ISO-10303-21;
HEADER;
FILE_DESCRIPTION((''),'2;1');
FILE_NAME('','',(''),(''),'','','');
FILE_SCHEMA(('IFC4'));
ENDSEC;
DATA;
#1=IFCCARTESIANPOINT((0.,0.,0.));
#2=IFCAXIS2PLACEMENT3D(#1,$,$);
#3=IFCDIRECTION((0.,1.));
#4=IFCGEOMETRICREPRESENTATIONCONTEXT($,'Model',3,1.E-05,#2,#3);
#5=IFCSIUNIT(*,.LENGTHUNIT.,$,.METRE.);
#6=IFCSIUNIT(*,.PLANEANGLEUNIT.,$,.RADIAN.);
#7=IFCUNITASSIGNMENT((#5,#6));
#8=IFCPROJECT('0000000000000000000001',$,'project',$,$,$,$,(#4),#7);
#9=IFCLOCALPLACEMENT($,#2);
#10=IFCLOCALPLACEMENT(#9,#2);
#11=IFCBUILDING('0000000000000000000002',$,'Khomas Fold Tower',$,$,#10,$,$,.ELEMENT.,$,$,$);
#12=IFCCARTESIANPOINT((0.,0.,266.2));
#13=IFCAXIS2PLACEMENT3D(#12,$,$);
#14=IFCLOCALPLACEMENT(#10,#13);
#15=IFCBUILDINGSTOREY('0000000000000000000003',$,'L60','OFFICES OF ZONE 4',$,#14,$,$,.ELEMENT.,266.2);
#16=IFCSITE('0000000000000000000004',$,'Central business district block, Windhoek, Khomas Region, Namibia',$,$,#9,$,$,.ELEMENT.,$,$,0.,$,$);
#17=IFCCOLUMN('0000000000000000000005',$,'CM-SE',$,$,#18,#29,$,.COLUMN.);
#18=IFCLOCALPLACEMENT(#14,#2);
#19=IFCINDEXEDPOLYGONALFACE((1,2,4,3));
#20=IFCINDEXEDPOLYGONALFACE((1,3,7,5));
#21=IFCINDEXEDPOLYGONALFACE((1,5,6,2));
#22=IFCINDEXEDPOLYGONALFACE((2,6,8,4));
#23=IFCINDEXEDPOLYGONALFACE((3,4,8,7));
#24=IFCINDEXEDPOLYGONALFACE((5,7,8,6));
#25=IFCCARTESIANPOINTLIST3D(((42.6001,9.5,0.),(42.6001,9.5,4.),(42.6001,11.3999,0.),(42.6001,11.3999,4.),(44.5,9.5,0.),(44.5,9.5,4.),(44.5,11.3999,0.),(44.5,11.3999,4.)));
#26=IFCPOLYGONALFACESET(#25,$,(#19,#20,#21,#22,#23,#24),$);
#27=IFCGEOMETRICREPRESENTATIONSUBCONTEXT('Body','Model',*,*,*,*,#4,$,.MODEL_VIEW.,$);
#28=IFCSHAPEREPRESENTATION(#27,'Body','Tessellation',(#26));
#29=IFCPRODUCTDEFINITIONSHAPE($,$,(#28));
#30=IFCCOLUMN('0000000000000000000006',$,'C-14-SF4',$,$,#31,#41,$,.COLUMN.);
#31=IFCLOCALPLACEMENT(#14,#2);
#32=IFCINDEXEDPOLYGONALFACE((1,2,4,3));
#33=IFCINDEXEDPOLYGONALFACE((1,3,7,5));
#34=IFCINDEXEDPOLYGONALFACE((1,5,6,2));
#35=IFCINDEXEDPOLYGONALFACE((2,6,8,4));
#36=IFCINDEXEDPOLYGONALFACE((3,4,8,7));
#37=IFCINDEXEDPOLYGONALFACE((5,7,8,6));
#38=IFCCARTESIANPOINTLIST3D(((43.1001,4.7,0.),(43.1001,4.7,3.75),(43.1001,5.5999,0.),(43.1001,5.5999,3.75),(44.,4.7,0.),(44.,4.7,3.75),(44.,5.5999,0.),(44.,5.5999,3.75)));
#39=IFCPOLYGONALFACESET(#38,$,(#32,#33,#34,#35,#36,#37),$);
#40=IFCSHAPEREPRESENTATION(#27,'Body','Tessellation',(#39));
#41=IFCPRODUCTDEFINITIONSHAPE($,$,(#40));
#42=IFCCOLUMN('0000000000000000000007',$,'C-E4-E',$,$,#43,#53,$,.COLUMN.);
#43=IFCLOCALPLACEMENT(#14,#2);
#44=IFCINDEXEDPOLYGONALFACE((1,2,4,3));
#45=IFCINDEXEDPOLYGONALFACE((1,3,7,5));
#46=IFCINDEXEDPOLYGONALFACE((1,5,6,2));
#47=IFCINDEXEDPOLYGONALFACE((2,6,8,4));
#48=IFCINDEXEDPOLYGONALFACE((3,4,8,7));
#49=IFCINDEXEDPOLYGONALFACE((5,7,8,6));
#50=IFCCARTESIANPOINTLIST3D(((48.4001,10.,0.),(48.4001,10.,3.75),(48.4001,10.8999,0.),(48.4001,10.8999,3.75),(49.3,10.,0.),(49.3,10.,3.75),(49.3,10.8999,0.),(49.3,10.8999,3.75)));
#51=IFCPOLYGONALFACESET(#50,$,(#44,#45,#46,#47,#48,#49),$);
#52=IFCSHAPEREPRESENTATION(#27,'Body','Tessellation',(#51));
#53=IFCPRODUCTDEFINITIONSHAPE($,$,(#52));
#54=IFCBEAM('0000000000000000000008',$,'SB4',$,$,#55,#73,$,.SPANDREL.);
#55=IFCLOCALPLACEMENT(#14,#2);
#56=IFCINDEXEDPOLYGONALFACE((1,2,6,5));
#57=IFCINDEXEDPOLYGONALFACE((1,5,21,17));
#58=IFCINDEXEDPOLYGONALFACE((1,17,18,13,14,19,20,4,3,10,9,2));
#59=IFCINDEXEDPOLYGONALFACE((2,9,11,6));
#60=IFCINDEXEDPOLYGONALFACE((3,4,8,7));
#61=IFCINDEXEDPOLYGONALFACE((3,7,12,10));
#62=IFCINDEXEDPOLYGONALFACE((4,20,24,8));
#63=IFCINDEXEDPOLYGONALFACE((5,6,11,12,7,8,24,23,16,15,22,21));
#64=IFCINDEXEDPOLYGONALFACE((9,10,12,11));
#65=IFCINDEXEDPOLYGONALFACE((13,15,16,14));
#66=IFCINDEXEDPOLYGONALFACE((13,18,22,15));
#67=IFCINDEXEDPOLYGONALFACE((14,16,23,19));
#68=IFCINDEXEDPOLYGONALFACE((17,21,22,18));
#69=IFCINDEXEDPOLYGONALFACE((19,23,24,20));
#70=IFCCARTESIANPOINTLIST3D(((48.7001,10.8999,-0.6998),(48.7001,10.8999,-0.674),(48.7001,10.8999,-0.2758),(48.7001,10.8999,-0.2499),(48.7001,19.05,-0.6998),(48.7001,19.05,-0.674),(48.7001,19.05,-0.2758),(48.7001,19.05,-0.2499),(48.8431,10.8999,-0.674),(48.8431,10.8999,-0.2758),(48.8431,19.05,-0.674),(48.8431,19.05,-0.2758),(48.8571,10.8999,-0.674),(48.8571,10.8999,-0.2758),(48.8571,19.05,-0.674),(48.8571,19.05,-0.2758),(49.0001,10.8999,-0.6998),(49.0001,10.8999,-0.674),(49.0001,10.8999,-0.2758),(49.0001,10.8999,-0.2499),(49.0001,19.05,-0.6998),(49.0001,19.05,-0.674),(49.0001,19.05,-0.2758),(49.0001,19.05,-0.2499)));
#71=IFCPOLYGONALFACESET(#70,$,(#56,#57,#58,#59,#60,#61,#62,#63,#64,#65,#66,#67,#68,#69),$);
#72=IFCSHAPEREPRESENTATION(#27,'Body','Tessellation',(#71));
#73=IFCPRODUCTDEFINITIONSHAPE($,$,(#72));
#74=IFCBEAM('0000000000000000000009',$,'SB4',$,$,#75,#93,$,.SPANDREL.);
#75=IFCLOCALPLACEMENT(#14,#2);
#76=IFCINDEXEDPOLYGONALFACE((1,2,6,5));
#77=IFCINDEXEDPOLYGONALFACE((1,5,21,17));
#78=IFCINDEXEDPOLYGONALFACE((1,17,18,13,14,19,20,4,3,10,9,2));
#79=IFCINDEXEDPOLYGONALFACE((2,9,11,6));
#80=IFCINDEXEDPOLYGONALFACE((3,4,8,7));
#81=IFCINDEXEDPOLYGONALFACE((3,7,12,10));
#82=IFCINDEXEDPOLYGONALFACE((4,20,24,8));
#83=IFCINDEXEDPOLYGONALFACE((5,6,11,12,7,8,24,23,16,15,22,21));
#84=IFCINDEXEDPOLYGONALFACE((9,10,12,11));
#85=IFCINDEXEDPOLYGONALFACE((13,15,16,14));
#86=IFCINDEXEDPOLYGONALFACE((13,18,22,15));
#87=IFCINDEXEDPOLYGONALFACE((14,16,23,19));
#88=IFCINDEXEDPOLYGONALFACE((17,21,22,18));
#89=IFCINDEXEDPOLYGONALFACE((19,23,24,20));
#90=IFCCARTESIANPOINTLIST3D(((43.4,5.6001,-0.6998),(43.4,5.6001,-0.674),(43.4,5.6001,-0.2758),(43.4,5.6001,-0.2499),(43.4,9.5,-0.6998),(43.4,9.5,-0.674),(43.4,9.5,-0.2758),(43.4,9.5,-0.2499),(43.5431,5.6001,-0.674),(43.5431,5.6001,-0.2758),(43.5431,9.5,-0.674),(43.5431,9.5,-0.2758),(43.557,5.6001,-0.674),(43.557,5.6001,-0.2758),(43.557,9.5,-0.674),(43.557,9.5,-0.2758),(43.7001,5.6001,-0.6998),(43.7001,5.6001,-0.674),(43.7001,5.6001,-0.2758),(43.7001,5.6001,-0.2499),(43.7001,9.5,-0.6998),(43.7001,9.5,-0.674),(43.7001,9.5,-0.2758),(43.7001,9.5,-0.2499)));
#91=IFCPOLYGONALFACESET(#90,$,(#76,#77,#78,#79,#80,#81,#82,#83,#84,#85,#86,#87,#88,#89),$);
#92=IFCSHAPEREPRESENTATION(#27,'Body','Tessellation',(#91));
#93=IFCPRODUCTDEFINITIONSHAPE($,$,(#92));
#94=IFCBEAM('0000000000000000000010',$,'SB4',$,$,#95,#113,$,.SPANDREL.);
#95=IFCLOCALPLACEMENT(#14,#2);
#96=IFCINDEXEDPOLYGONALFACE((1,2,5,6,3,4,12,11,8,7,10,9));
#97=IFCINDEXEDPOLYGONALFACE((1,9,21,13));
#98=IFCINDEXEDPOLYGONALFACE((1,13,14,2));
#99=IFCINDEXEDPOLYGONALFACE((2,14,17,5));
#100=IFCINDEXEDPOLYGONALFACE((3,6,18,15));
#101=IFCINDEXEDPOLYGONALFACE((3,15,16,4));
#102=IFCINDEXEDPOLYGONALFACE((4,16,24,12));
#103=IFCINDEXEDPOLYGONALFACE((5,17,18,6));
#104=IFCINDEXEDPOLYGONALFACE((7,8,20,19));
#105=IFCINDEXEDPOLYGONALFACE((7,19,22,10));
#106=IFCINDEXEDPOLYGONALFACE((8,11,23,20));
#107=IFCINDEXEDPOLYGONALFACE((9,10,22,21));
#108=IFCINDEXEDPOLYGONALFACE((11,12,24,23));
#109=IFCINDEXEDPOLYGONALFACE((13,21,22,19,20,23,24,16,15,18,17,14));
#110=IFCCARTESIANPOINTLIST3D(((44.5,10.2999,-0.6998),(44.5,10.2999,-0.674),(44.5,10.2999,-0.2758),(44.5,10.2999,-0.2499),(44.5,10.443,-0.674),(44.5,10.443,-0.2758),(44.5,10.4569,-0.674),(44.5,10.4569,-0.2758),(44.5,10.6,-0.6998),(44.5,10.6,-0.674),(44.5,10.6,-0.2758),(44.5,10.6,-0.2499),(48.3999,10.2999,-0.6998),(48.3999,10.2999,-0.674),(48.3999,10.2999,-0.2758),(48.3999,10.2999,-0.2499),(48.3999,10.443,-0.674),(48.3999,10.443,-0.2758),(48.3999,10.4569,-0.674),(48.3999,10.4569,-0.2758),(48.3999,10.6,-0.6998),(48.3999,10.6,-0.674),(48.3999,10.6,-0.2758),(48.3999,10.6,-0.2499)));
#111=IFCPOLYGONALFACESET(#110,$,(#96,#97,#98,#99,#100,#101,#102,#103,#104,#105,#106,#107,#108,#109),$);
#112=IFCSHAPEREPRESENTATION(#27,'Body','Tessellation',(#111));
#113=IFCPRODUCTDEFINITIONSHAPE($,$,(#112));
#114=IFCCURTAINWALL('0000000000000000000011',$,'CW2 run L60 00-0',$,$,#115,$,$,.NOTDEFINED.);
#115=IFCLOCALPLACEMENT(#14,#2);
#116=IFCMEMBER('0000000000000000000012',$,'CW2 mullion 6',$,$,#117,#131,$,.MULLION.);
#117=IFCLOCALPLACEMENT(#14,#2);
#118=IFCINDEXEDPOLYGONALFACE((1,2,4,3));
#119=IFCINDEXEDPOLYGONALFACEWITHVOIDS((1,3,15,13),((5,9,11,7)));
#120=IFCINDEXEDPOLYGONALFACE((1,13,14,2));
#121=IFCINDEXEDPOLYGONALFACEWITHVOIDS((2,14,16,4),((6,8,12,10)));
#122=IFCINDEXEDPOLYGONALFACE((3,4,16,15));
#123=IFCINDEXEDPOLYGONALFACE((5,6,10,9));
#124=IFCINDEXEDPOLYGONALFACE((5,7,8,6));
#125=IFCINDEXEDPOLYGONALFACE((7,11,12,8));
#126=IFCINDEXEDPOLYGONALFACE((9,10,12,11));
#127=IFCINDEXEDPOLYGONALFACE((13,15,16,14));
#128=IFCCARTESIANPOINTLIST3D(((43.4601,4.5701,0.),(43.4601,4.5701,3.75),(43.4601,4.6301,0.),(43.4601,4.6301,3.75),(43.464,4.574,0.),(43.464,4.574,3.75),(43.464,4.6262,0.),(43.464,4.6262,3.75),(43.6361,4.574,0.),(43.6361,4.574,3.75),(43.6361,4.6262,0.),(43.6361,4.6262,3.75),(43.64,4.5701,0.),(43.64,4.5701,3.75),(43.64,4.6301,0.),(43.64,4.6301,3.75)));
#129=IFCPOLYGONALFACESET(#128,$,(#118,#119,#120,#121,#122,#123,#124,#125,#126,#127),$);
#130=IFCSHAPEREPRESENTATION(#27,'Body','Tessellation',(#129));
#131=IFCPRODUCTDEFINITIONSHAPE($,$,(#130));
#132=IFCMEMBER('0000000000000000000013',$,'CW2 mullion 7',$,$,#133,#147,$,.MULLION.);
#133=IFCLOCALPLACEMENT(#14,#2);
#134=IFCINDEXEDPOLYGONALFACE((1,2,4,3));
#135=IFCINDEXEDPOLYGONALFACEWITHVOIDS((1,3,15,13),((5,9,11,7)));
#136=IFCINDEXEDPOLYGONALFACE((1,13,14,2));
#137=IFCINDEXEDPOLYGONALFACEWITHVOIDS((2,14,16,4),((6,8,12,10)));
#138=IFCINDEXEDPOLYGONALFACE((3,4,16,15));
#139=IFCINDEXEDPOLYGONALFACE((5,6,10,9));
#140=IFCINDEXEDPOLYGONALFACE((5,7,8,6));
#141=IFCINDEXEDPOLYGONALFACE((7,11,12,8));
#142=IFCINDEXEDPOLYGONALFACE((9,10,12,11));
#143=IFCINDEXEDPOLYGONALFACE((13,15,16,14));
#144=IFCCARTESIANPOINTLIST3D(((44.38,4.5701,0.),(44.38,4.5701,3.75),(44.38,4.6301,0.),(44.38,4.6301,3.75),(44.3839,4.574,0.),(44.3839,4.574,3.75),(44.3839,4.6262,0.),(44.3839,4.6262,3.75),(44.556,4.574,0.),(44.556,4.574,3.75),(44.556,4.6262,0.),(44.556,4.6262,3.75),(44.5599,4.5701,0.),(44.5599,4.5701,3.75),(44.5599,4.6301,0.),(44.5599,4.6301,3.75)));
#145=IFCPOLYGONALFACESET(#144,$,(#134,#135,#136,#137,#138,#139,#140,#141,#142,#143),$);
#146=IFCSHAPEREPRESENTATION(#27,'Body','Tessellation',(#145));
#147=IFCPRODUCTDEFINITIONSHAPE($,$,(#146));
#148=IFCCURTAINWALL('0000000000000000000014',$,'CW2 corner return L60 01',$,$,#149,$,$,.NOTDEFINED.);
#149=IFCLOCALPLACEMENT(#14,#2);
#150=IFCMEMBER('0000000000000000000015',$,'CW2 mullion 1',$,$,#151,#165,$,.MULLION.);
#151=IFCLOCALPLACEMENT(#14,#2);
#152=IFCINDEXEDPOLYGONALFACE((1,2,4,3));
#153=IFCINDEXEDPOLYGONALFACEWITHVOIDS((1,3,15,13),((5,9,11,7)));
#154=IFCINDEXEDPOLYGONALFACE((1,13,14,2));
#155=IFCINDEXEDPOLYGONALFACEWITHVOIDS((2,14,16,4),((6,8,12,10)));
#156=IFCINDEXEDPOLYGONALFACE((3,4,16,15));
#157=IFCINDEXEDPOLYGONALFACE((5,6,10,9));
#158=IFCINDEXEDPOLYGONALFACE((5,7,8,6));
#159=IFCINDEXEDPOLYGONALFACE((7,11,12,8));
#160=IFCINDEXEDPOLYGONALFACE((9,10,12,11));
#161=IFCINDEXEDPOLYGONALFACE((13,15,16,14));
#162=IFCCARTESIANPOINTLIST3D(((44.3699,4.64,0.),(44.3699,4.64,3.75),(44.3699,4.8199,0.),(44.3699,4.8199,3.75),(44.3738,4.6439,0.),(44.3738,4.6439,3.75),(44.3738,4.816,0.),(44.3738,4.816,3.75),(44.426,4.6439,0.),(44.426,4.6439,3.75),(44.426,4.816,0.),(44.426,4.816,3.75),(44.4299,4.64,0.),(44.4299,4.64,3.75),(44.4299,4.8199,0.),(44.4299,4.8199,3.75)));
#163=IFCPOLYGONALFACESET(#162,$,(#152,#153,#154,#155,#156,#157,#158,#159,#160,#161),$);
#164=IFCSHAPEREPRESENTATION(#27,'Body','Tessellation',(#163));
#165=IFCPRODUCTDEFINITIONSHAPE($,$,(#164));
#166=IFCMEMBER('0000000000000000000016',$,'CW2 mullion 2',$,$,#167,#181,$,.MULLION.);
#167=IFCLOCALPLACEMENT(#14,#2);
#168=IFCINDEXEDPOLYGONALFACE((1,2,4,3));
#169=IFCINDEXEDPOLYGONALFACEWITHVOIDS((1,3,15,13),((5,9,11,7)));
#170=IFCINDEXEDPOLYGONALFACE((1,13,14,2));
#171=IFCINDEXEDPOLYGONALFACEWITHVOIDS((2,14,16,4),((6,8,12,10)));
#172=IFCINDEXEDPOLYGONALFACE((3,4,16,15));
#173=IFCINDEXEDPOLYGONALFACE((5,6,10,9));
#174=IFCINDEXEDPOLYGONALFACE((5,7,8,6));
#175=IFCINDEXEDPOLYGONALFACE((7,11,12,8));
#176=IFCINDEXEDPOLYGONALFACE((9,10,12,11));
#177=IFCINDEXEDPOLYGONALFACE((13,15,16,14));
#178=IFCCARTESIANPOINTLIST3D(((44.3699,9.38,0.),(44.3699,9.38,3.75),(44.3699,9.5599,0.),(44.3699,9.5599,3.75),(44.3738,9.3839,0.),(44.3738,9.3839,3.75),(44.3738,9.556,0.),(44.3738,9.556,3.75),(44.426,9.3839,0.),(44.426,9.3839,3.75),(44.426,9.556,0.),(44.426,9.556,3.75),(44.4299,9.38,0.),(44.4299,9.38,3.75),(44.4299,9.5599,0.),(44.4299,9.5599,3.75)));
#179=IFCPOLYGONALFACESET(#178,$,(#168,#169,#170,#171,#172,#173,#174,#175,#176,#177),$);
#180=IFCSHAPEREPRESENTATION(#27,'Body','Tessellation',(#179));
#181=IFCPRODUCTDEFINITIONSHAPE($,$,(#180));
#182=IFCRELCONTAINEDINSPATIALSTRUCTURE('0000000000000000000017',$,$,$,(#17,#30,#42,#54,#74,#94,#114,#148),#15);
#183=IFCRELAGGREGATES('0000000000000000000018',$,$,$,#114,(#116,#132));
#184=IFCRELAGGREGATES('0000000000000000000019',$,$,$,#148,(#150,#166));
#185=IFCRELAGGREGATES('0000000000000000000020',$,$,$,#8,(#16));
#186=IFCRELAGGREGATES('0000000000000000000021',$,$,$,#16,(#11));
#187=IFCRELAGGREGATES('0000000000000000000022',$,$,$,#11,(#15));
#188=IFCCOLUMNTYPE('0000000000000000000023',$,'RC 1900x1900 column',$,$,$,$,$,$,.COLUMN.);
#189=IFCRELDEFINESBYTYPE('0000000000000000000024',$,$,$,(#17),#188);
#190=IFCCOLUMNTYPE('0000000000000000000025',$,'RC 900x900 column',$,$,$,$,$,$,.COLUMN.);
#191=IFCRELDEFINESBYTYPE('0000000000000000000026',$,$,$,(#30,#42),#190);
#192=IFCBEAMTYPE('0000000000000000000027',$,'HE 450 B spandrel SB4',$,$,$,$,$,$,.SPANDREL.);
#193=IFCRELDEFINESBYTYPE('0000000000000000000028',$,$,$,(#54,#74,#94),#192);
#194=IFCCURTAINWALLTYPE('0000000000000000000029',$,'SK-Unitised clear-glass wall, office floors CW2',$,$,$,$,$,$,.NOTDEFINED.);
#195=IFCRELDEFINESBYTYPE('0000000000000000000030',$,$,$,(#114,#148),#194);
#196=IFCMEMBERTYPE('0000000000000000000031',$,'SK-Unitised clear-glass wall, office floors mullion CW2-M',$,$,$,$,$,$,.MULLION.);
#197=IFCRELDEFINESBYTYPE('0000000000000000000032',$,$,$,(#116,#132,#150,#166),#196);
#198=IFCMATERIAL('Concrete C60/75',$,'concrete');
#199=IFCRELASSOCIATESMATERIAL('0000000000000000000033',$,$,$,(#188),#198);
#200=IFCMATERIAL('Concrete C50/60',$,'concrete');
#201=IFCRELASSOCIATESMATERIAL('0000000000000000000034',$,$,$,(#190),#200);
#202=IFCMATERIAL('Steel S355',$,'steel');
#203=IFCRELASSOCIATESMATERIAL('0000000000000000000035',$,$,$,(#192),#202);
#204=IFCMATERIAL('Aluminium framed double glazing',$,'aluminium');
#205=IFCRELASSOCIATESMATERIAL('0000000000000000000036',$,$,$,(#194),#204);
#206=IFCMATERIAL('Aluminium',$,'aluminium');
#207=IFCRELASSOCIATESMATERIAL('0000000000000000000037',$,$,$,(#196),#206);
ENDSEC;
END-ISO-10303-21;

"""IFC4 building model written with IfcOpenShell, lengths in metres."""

from ifc_helpers import new_model, si_unit, direction, frame, origin, origin_2d, place, context, subcontext, project, spatial, rectangle, hollow_rectangle, i_section, extrude, source, transform, mapped, material, material_profile, profile_set, type_object, element, aggregate, save


model = new_model("IFC4")

# Units and contexts
model_context = context("Model", 3, precision=1e-05, world=origin(), true_north=direction((0.0, 1.0)))
body_context = subcontext(model_context, "Body", "Model", "MODEL_VIEW")
ifc_project = project(units=[si_unit("LENGTHUNIT", "METRE"), si_unit("PLANEANGLEUNIT", "RADIAN")], contexts=[model_context])

# Site, building, storey
site_placement = place(None, origin())
site = spatial("IfcSite", under=ifc_project, at=site_placement, Name="Central business district block, Windhoek, Khomas Region, Namibia", CompositionType="ELEMENT", RefElevation=0.0)
building_placement = place(site_placement, origin())
building = spatial("IfcBuilding", under=site, at=building_placement, Name="Khomas Fold Tower", CompositionType="ELEMENT")
storey_placement = place(building_placement, frame((0.0, 0.0, 266.2)))
storey = spatial("IfcBuildingStorey", under=building, at=storey_placement, Name="L60", Description="OFFICES OF ZONE 4", CompositionType="ELEMENT", Elevation=266.2)

# Columns
ifc_material_1 = material(Name="Concrete C60/75", Category="concrete")
ifc_material_profile_1 = material_profile(ifc_material_1, rectangle(XDim=1.8999, YDim=1.8999, at=origin_2d()), Name="RC 1900x1900")
ifc_profile_set_1 = profile_set([ifc_material_profile_1], Name="Concrete C60/75")
column_type_1 = type_object("IfcColumnType", Name="RC 1900x1900 column", PredefinedType="COLUMN", material=ifc_profile_set_1)
shared_shape_1 = source(origin(), body_context, "Body", "SweptSolid", [
    extrude(rectangle(XDim=1.8999, YDim=1.8999, at=origin_2d()), origin(), (0.0, 0.0, 1.0), 4.0),
])
column_placement = place(storey_placement, frame((43.55, 10.45, 0.0), z_axis=(0.0, 0.0, 1.0), x_axis=(1.0, 0.0, 0.0)))
element("IfcColumn", 1, at=column_placement, inside=storey, type_object=column_type_1, Name="CM-SE", PredefinedType="COLUMN", context=body_context, shape_type="MappedRepresentation", body=[
    mapped(shared_shape_1, transform((0.0, 0.0, 0.0))),
])
ifc_material_2 = material(Name="Concrete C50/60", Category="concrete")
ifc_material_profile_2 = material_profile(ifc_material_2, rectangle(XDim=0.8999, YDim=0.8999, at=origin_2d()), Name="RC 900x900")
ifc_profile_set_2 = profile_set([ifc_material_profile_2], Name="Concrete C50/60")
column_type_2 = type_object("IfcColumnType", Name="RC 900x900 column", PredefinedType="COLUMN", material=ifc_profile_set_2)
shared_shape_2 = source(origin(), body_context, "Body", "SweptSolid", [
    extrude(rectangle(XDim=0.8999, YDim=0.8999, at=origin_2d()), origin(), (0.0, 0.0, 1.0), 3.75),
])
for number, where, z_axis, x_axis, name in (
    (2, (43.55, 5.1499, 0.0), (0.0, 0.0, 1.0), (1.0, 0.0, 0.0), "C-14-SF4"),
    (3, (48.8501, 10.45, 0.0), (0.0, 0.0, 1.0), (1.0, 0.0, 0.0), "C-E4-E"),
):
    element("IfcColumn", number, at=place(storey_placement, frame(where, z_axis=z_axis, x_axis=x_axis)), inside=storey, type_object=column_type_2, Name=name, PredefinedType="COLUMN", context=body_context, shape_type="MappedRepresentation", body=[
        mapped(shared_shape_2, transform((0.0, 0.0, 0.0))),
    ])

# Beams
ifc_material_3 = material(Name="Steel S355", Category="steel")
ifc_material_profile_3 = material_profile(ifc_material_3, i_section(OverallWidth=0.3, OverallDepth=0.45, WebThickness=0.0139, FlangeThickness=0.0259, at=origin_2d()), Name="HE 450 B")
ifc_profile_set_3 = profile_set([ifc_material_profile_3], Name="Steel S355")
beam_type = type_object("IfcBeamType", Name="HE 450 B spandrel SB4", PredefinedType="SPANDREL", material=ifc_profile_set_3)
shared_shape_3 = source(origin(), body_context, "Body", "SweptSolid", [
    extrude(i_section(OverallWidth=0.3, OverallDepth=0.45, WebThickness=0.0139, FlangeThickness=0.0259, at=origin_2d()), origin(), (0.0, 0.0, 1.0), 8.1501),
])
beam_placement = place(storey_placement, frame((48.8501, 10.8999, -0.4749), z_axis=(0.0, 1.0, 0.0), x_axis=(-1.0, 0.0, 0.0)))
element("IfcBeam", 4, at=beam_placement, inside=storey, type_object=beam_type, Name="SB4", PredefinedType="SPANDREL", context=body_context, shape_type="MappedRepresentation", body=[
    mapped(shared_shape_3, transform((0.0, 0.0, 0.0))),
])
shared_shape_4 = source(origin(), body_context, "Body", "SweptSolid", [
    extrude(i_section(OverallWidth=0.3, OverallDepth=0.45, WebThickness=0.0139, FlangeThickness=0.0259, at=origin_2d()), origin(), (0.0, 0.0, 1.0), 3.8999),
])
for number, where, z_axis, x_axis, name in (
    (5, (43.55, 5.6001, -0.4749), (0.0, 1.0, 0.0), (-1.0, 0.0, 0.0), "SB4"),
    (6, (44.5, 10.45, -0.4749), (1.0, 0.0, 0.0), (0.0, 1.0, 0.0), "SB4"),
):
    element("IfcBeam", number, at=place(storey_placement, frame(where, z_axis=z_axis, x_axis=x_axis)), inside=storey, type_object=beam_type, Name=name, PredefinedType="SPANDREL", context=body_context, shape_type="MappedRepresentation", body=[
        mapped(shared_shape_4, transform((0.0, 0.0, 0.0))),
    ])

# Curtain walls, members
ifc_material_4 = material(Name="Aluminium framed double glazing", Category="aluminium")
curtain_wall_type = type_object("IfcCurtainWallType", Name="SK-Unitised clear-glass wall, office floors CW2", PredefinedType="NOTDEFINED", material=ifc_material_4)
curtain_wall_1_placement = place(storey_placement, origin())
curtain_wall_1 = element("IfcCurtainWall", 7, at=curtain_wall_1_placement, inside=storey, type_object=curtain_wall_type, Name="CW2 run L60 00-0", PredefinedType="NOTDEFINED")
ifc_material_5 = material(Name="Aluminium", Category="aluminium")
ifc_material_profile_4 = material_profile(ifc_material_5, hollow_rectangle(XDim=0.0601, YDim=0.1799, WallThickness=0.0039, at=origin_2d()), Name="SK-Unitised clear-glass wall, office floors mullion CW2-M")
ifc_profile_set_4 = profile_set([ifc_material_profile_4], Name="Aluminium")
member_type_1 = type_object("IfcMemberType", Name="SK-Unitised clear-glass wall, office floors mullion CW2-M", PredefinedType="MULLION", material=ifc_profile_set_4)
shared_shape_5 = source(origin(), body_context, "Body", "SweptSolid", [
    extrude(hollow_rectangle(XDim=0.0601, YDim=0.1799, WallThickness=0.0039, at=origin_2d()), origin(), (0.0, 0.0, 1.0), 3.75),
])
member_1_placement = place(storey_placement, frame((43.55, 4.6001, 0.0), z_axis=(0.0, 0.0, 1.0), x_axis=(0.0, 1.0, 0.0)))
member_1 = element("IfcMember", 8, at=member_1_placement, type_object=member_type_1, Name="CW2 mullion 6", PredefinedType="MULLION", context=body_context, shape_type="MappedRepresentation", body=[
    mapped(shared_shape_5, transform((0.0, 0.0, 0.0))),
])
member_2_placement = place(storey_placement, frame((44.47, 4.6001, 0.0), z_axis=(0.0, 0.0, 1.0), x_axis=(0.0, 1.0, 0.0)))
member_2 = element("IfcMember", 9, at=member_2_placement, type_object=member_type_1, Name="CW2 mullion 7", PredefinedType="MULLION", context=body_context, shape_type="MappedRepresentation", body=[
    mapped(shared_shape_5, transform((0.0, 0.0, 0.0))),
])
curtain_wall_2_placement = place(storey_placement, origin())
curtain_wall_2 = element("IfcCurtainWall", 10, at=curtain_wall_2_placement, inside=storey, type_object=curtain_wall_type, Name="CW2 corner return L60 01", PredefinedType="NOTDEFINED")
member_3_placement = place(storey_placement, frame((44.3999, 4.73, 0.0), z_axis=(0.0, 0.0, 1.0), x_axis=(-1.0, 0.0, 0.0)))
member_3 = element("IfcMember", 11, at=member_3_placement, type_object=member_type_1, Name="CW2 mullion 1", PredefinedType="MULLION", context=body_context, shape_type="MappedRepresentation", body=[
    mapped(shared_shape_5, transform((0.0, 0.0, 0.0))),
])
member_4_placement = place(storey_placement, frame((44.3999, 9.47, 0.0), z_axis=(0.0, 0.0, 1.0), x_axis=(-1.0, 0.0, 0.0)))
member_4 = element("IfcMember", 12, at=member_4_placement, type_object=member_type_1, Name="CW2 mullion 2", PredefinedType="MULLION", context=body_context, shape_type="MappedRepresentation", body=[
    mapped(shared_shape_5, transform((0.0, 0.0, 0.0))),
])

aggregate(curtain_wall_1, [member_1, member_2])
aggregate(curtain_wall_2, [member_3, member_4])

save(model, "model.ifc")
